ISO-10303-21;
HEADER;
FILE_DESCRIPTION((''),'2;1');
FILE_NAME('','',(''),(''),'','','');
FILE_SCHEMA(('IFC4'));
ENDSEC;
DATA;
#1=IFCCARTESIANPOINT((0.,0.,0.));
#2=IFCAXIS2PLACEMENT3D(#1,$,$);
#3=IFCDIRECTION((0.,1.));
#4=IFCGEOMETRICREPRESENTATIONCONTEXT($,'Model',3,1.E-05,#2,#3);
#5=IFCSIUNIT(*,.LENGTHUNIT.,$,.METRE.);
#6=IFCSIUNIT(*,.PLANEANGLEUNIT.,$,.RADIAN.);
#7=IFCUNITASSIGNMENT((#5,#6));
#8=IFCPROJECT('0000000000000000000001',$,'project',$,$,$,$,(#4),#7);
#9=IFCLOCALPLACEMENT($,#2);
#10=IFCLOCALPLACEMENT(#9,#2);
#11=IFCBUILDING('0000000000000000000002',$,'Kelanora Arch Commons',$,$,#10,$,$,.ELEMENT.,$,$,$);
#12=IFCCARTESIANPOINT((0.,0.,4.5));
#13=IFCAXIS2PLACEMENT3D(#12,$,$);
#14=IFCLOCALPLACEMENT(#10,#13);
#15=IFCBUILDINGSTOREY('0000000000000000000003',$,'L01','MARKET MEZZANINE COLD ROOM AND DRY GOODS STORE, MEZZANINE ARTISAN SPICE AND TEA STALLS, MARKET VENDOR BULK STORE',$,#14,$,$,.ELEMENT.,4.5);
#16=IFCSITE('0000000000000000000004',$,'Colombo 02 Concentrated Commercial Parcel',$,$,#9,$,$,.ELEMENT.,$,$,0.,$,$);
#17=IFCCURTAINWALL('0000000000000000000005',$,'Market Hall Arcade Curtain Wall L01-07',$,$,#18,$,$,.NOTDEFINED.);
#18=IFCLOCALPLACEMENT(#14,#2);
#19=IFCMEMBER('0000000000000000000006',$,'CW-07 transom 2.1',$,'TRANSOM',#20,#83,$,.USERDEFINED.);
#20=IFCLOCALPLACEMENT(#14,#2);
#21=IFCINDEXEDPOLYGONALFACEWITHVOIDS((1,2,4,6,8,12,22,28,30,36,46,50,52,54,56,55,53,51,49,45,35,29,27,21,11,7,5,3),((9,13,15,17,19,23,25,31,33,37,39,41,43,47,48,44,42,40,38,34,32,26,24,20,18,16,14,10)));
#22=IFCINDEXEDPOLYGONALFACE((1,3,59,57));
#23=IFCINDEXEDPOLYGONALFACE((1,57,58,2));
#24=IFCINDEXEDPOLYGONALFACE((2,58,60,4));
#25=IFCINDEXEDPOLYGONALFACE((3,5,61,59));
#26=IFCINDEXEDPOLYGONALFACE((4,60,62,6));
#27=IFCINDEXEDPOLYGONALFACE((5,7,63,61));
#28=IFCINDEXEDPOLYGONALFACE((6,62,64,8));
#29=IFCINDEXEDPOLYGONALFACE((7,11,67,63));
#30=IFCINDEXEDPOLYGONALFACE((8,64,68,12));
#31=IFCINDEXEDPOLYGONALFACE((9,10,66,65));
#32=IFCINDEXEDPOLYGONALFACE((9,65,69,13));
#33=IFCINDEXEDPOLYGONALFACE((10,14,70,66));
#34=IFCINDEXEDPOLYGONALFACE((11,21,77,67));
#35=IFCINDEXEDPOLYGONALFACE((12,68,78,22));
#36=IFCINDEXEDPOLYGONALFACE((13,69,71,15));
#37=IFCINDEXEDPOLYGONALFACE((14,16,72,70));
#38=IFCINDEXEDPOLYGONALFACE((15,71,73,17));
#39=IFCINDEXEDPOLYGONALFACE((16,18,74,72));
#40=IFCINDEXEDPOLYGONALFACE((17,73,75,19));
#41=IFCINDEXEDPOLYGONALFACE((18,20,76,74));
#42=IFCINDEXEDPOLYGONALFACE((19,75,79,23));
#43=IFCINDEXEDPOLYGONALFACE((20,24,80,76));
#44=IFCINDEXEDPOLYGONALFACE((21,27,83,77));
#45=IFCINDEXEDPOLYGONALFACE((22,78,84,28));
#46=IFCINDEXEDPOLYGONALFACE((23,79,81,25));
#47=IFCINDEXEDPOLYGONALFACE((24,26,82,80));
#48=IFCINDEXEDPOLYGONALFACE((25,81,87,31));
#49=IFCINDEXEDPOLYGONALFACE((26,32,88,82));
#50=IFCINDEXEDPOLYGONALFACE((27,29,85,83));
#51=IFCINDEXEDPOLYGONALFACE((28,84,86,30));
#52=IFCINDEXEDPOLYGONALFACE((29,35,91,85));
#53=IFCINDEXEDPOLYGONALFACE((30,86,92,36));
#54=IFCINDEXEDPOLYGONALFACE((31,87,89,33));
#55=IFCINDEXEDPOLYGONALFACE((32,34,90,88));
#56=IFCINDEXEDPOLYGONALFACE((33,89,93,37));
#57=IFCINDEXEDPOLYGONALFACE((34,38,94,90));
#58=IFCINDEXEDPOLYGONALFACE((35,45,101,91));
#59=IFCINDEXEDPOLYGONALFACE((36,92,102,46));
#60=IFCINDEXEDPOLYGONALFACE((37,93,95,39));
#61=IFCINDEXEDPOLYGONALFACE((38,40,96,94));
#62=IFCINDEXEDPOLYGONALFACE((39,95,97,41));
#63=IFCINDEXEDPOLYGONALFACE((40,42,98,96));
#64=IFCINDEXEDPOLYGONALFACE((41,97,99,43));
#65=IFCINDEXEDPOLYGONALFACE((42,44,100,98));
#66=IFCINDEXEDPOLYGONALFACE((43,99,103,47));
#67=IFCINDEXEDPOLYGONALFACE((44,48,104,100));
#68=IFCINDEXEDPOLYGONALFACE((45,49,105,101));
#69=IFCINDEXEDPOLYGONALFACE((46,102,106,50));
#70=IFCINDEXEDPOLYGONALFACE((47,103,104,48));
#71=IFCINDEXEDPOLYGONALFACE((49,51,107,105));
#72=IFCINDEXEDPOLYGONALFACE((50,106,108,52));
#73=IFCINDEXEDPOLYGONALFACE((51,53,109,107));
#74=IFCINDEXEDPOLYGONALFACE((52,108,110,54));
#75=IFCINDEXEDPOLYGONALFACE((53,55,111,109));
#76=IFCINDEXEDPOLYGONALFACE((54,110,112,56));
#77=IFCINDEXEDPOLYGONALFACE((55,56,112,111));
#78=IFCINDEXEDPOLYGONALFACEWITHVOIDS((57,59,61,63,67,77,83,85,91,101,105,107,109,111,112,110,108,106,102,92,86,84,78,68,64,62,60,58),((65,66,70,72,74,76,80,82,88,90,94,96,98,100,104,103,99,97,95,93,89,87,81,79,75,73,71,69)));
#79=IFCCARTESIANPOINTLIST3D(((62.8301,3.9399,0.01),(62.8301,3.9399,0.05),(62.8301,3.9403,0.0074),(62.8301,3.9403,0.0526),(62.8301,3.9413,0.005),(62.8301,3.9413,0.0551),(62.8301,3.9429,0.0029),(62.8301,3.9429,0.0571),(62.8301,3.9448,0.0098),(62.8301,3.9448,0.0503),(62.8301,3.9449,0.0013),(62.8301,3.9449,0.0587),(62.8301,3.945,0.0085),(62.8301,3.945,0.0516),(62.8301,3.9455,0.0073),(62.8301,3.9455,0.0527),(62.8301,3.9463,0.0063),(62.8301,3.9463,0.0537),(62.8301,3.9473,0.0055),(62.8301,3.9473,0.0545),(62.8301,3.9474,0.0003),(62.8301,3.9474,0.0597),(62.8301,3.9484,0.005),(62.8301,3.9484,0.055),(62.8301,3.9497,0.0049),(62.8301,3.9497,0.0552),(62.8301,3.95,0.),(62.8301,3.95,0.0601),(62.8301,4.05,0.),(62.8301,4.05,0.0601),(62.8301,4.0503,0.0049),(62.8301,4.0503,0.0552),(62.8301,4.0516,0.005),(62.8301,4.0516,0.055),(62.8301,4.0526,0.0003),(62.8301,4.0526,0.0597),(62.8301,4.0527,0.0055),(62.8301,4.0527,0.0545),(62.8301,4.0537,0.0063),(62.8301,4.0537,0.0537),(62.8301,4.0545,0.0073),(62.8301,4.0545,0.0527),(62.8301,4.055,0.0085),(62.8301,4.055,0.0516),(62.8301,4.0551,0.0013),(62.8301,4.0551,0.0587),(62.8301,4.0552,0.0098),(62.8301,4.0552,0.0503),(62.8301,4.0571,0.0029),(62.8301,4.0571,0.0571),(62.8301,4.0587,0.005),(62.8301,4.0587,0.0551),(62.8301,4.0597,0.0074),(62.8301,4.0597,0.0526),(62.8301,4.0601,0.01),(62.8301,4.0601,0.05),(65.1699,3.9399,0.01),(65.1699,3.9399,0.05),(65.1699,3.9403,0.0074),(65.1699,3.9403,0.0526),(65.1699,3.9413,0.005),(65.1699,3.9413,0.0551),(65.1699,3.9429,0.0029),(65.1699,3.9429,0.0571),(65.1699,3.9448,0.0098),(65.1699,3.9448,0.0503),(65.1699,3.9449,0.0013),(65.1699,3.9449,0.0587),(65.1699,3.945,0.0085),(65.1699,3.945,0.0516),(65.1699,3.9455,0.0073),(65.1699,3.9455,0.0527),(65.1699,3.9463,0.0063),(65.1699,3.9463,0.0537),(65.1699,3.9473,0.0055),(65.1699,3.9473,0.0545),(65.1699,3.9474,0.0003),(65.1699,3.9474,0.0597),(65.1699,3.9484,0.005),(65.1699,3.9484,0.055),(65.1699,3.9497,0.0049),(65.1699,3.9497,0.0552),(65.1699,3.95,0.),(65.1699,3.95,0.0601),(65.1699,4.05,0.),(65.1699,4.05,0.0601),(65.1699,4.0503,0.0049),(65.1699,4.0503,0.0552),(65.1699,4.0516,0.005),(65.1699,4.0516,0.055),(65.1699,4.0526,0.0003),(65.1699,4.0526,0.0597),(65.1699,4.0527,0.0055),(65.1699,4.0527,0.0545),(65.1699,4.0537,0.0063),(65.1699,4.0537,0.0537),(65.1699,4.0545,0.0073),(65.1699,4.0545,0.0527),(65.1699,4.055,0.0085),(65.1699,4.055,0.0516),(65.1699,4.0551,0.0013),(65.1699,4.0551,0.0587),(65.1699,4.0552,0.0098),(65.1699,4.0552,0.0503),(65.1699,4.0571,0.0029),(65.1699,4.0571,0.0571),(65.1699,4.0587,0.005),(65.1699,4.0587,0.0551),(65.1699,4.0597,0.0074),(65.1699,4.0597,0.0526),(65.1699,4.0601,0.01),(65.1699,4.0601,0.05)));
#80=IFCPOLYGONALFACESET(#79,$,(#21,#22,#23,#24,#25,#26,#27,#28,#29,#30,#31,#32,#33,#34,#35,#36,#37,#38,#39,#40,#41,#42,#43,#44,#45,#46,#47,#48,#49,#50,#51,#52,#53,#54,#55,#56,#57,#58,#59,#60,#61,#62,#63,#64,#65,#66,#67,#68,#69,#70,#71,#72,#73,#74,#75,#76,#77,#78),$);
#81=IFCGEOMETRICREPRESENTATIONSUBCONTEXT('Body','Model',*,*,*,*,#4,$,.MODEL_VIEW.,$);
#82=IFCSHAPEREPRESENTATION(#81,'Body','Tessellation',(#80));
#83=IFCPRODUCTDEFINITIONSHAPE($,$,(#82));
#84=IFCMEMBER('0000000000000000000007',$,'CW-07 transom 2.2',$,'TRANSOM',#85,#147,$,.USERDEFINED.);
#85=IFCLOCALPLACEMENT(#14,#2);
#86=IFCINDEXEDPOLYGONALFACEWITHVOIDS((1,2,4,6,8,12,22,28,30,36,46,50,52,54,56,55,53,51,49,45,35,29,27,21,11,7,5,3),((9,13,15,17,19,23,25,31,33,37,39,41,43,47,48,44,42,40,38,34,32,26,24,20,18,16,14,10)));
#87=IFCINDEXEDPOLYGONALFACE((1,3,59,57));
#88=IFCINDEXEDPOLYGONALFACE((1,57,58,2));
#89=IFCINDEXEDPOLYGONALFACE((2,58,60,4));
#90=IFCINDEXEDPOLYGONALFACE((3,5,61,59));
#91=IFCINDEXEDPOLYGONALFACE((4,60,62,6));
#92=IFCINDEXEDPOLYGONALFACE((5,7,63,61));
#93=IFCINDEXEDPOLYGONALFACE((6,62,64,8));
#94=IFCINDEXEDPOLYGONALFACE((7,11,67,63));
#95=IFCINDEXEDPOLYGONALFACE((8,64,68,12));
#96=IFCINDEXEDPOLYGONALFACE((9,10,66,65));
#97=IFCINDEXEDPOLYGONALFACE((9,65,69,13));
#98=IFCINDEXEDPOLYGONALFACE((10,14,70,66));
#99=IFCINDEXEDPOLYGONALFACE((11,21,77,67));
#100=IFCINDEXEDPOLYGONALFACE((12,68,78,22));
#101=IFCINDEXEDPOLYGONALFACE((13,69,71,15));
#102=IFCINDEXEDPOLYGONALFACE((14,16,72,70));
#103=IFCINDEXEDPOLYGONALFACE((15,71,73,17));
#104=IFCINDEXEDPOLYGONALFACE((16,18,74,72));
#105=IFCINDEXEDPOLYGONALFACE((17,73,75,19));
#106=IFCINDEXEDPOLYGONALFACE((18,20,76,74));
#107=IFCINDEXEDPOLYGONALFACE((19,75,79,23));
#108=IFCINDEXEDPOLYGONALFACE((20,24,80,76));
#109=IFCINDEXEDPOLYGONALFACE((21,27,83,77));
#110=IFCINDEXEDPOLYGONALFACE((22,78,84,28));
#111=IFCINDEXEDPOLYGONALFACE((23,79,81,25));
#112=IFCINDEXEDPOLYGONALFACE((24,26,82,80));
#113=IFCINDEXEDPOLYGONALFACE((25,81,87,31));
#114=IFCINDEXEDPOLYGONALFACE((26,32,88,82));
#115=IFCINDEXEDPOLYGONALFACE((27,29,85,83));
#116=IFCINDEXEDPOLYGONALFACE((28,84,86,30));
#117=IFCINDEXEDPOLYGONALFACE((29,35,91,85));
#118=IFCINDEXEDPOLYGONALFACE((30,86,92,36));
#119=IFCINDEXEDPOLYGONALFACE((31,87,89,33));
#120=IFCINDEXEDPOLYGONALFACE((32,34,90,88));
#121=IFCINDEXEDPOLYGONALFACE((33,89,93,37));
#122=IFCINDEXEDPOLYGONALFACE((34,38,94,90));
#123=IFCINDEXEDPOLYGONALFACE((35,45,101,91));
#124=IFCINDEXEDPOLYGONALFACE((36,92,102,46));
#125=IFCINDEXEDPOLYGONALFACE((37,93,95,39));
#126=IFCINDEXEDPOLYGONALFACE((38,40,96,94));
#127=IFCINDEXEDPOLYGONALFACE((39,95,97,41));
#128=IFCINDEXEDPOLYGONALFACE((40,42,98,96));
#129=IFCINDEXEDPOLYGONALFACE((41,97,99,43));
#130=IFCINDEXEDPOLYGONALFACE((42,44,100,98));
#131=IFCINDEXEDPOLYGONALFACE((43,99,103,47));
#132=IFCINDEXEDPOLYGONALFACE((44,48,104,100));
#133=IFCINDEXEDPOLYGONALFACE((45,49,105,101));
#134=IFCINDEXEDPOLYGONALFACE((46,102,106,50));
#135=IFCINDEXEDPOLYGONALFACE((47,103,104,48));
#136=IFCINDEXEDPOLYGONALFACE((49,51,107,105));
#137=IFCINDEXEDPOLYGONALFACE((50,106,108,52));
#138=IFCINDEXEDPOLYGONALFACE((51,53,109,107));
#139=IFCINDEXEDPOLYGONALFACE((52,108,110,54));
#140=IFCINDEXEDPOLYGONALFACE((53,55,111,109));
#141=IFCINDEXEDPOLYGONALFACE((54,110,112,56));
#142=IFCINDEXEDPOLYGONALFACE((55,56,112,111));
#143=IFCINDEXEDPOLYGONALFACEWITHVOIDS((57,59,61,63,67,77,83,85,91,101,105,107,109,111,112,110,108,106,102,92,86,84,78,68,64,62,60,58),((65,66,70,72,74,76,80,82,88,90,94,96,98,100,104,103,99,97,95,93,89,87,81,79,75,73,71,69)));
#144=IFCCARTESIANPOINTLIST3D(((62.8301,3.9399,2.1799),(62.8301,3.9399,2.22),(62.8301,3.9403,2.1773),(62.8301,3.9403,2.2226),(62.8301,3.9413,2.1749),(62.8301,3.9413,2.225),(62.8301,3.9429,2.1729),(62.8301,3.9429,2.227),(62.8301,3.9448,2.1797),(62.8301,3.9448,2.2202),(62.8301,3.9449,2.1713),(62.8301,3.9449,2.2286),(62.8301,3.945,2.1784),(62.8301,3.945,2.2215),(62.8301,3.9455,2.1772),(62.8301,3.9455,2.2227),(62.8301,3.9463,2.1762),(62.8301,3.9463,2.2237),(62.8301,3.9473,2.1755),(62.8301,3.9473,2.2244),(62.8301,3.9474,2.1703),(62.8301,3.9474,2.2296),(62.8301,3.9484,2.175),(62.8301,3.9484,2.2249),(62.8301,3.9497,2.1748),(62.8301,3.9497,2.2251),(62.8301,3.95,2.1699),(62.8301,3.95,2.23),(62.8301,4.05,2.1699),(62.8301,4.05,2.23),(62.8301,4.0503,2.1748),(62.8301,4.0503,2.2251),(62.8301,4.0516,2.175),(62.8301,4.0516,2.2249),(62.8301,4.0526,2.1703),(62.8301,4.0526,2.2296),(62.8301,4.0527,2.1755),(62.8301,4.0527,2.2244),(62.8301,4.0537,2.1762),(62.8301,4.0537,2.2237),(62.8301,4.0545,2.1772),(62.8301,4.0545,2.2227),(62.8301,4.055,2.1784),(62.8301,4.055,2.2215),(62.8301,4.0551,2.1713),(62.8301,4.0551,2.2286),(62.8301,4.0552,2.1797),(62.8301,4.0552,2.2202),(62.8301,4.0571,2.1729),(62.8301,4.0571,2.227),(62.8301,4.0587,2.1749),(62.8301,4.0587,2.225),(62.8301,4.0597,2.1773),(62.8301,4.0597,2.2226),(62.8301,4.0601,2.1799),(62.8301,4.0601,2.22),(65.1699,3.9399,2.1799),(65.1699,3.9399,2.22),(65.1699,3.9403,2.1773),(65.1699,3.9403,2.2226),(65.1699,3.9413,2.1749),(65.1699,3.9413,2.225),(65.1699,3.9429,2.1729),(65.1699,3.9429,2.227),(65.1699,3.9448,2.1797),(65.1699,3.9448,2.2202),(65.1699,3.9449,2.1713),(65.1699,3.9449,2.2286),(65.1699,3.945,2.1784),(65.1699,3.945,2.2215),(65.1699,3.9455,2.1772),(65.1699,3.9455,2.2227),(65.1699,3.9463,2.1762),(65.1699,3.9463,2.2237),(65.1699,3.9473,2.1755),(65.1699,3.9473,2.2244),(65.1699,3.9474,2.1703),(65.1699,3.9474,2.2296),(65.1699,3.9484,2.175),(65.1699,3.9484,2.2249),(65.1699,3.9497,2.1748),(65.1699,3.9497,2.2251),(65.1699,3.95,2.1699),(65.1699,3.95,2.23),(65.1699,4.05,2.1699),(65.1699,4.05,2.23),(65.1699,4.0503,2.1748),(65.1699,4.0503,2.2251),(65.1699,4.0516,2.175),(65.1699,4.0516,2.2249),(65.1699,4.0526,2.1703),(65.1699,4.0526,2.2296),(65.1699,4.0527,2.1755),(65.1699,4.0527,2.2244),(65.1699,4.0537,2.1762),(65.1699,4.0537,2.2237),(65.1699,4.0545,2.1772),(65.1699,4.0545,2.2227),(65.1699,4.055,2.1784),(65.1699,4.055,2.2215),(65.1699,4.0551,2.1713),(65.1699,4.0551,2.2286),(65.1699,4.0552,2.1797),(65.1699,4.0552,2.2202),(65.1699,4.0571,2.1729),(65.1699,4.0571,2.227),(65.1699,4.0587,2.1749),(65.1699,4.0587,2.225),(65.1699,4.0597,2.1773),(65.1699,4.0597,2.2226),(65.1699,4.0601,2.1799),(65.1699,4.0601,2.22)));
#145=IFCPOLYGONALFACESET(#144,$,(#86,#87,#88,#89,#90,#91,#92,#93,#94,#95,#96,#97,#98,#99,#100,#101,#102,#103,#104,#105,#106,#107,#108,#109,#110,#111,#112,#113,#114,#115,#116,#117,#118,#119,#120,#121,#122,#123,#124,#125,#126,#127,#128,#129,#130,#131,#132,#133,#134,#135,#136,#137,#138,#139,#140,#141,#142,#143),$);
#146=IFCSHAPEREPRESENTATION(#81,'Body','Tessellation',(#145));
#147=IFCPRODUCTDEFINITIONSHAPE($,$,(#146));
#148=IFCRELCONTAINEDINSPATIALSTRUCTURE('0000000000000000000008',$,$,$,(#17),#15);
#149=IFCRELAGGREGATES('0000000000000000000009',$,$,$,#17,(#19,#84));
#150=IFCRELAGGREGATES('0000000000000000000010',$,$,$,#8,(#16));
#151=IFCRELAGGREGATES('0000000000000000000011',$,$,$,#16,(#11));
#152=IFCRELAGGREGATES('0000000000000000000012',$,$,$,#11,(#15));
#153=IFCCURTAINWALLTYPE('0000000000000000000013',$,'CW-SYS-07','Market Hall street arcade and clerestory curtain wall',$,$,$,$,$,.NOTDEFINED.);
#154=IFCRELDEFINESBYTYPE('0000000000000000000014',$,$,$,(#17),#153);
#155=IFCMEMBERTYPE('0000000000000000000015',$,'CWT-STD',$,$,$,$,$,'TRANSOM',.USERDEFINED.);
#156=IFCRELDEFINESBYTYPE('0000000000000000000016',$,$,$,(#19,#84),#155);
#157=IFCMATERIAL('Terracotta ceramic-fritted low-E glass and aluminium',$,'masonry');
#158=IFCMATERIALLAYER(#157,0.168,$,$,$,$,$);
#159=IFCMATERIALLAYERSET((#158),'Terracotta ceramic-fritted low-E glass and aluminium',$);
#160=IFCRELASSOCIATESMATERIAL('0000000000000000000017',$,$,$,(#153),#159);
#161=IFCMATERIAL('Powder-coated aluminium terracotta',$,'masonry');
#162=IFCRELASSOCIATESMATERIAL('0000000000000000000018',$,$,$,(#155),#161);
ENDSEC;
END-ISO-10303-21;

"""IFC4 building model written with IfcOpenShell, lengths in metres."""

from ifc_helpers import new_model, si_unit, direction, frame, origin, origin_2d, place, context, subcontext, project, spatial, hollow_rectangle, extrude, material, layer, layer_set, material_profile, profile_set, type_object, element, aggregate, save


model = new_model("IFC4")

# Units and contexts
model_context = context("Model", 3, precision=1e-05, world=origin(), true_north=direction((0.0, 1.0)))
body_context = subcontext(model_context, "Body", "Model", "MODEL_VIEW")
ifc_project = project(units=[si_unit("LENGTHUNIT", "METRE"), si_unit("PLANEANGLEUNIT", "RADIAN")], contexts=[model_context])

# Site, building, storey
site_placement = place(None, origin())
site = spatial("IfcSite", under=ifc_project, at=site_placement, Name="Colombo 02 Concentrated Commercial Parcel", CompositionType="ELEMENT", RefElevation=0.0)
building_placement = place(site_placement, origin())
building = spatial("IfcBuilding", under=site, at=building_placement, Name="Kelanora Arch Commons", CompositionType="ELEMENT")
storey_placement = place(building_placement, frame((0.0, 0.0, 4.5)))
storey = spatial("IfcBuildingStorey", under=building, at=storey_placement, Name="L01", Description="MARKET MEZZANINE COLD ROOM AND DRY GOODS STORE, MEZZANINE ARTISAN SPICE AND TEA STALLS, MARKET VENDOR BULK STORE", CompositionType="ELEMENT", Elevation=4.5)

# Curtain wall, members
ifc_material_1 = material(Name="Terracotta ceramic-fritted low-E glass and aluminium", Category="masonry")
ifc_layer_1 = layer(ifc_material_1, 0.168)
ifc_layer_set_1 = layer_set([ifc_layer_1], Name="Terracotta ceramic-fritted low-E glass and aluminium")
curtain_wall_type = type_object("IfcCurtainWallType", Name="CW-SYS-07", Description="Market Hall street arcade and clerestory curtain wall", PredefinedType="NOTDEFINED", material=ifc_layer_set_1)
curtain_wall_placement = place(storey_placement, origin())
curtain_wall = element("IfcCurtainWall", 1, at=curtain_wall_placement, inside=storey, type_object=curtain_wall_type, Name="Market Hall Arcade Curtain Wall L01-07", PredefinedType="NOTDEFINED")
ifc_material_2 = material(Name="Powder-coated aluminium terracotta", Category="masonry")
ifc_material_profile_1 = material_profile(ifc_material_2, hollow_rectangle(XDim=0.1201, YDim=0.0601, WallThickness=0.0049, InnerFilletRadius=0.0049, OuterFilletRadius=0.01, at=origin_2d()), Name="CWT120x60")
ifc_profile_set_1 = profile_set([ifc_material_profile_1], Name="Powder-coated aluminium terracotta")
member_type_1 = type_object("IfcMemberType", Name="CWT-STD", ElementType="TRANSOM", PredefinedType="USERDEFINED", material=ifc_profile_set_1)
member_1_placement = place(storey_placement, frame((62.8301, 4.0, 0.03), z_axis=(1.0, 0.0, 0.0), x_axis=(0.0, 1.0, 0.0)))
member_1 = element("IfcMember", 2, at=member_1_placement, type_object=member_type_1, Name="CW-07 transom 2.1", ObjectType="TRANSOM", PredefinedType="USERDEFINED", context=body_context, shape_type="SweptSolid", body=[
    extrude(hollow_rectangle(XDim=0.1201, YDim=0.0601, WallThickness=0.0049, InnerFilletRadius=0.0049, OuterFilletRadius=0.01, at=origin_2d()), origin(), (0.0, 0.0, 1.0), 2.3398),
])
member_2_placement = place(storey_placement, frame((62.8301, 4.0, 2.2), z_axis=(1.0, 0.0, 0.0), x_axis=(0.0, 1.0, 0.0)))
member_2 = element("IfcMember", 3, at=member_2_placement, type_object=member_type_1, Name="CW-07 transom 2.2", ObjectType="TRANSOM", PredefinedType="USERDEFINED", context=body_context, shape_type="SweptSolid", body=[
    extrude(hollow_rectangle(XDim=0.1201, YDim=0.0601, WallThickness=0.0049, InnerFilletRadius=0.0049, OuterFilletRadius=0.01, at=origin_2d()), origin(), (0.0, 0.0, 1.0), 2.3398),
])

aggregate(curtain_wall, [member_1, member_2])

save(model, "model.ifc")
